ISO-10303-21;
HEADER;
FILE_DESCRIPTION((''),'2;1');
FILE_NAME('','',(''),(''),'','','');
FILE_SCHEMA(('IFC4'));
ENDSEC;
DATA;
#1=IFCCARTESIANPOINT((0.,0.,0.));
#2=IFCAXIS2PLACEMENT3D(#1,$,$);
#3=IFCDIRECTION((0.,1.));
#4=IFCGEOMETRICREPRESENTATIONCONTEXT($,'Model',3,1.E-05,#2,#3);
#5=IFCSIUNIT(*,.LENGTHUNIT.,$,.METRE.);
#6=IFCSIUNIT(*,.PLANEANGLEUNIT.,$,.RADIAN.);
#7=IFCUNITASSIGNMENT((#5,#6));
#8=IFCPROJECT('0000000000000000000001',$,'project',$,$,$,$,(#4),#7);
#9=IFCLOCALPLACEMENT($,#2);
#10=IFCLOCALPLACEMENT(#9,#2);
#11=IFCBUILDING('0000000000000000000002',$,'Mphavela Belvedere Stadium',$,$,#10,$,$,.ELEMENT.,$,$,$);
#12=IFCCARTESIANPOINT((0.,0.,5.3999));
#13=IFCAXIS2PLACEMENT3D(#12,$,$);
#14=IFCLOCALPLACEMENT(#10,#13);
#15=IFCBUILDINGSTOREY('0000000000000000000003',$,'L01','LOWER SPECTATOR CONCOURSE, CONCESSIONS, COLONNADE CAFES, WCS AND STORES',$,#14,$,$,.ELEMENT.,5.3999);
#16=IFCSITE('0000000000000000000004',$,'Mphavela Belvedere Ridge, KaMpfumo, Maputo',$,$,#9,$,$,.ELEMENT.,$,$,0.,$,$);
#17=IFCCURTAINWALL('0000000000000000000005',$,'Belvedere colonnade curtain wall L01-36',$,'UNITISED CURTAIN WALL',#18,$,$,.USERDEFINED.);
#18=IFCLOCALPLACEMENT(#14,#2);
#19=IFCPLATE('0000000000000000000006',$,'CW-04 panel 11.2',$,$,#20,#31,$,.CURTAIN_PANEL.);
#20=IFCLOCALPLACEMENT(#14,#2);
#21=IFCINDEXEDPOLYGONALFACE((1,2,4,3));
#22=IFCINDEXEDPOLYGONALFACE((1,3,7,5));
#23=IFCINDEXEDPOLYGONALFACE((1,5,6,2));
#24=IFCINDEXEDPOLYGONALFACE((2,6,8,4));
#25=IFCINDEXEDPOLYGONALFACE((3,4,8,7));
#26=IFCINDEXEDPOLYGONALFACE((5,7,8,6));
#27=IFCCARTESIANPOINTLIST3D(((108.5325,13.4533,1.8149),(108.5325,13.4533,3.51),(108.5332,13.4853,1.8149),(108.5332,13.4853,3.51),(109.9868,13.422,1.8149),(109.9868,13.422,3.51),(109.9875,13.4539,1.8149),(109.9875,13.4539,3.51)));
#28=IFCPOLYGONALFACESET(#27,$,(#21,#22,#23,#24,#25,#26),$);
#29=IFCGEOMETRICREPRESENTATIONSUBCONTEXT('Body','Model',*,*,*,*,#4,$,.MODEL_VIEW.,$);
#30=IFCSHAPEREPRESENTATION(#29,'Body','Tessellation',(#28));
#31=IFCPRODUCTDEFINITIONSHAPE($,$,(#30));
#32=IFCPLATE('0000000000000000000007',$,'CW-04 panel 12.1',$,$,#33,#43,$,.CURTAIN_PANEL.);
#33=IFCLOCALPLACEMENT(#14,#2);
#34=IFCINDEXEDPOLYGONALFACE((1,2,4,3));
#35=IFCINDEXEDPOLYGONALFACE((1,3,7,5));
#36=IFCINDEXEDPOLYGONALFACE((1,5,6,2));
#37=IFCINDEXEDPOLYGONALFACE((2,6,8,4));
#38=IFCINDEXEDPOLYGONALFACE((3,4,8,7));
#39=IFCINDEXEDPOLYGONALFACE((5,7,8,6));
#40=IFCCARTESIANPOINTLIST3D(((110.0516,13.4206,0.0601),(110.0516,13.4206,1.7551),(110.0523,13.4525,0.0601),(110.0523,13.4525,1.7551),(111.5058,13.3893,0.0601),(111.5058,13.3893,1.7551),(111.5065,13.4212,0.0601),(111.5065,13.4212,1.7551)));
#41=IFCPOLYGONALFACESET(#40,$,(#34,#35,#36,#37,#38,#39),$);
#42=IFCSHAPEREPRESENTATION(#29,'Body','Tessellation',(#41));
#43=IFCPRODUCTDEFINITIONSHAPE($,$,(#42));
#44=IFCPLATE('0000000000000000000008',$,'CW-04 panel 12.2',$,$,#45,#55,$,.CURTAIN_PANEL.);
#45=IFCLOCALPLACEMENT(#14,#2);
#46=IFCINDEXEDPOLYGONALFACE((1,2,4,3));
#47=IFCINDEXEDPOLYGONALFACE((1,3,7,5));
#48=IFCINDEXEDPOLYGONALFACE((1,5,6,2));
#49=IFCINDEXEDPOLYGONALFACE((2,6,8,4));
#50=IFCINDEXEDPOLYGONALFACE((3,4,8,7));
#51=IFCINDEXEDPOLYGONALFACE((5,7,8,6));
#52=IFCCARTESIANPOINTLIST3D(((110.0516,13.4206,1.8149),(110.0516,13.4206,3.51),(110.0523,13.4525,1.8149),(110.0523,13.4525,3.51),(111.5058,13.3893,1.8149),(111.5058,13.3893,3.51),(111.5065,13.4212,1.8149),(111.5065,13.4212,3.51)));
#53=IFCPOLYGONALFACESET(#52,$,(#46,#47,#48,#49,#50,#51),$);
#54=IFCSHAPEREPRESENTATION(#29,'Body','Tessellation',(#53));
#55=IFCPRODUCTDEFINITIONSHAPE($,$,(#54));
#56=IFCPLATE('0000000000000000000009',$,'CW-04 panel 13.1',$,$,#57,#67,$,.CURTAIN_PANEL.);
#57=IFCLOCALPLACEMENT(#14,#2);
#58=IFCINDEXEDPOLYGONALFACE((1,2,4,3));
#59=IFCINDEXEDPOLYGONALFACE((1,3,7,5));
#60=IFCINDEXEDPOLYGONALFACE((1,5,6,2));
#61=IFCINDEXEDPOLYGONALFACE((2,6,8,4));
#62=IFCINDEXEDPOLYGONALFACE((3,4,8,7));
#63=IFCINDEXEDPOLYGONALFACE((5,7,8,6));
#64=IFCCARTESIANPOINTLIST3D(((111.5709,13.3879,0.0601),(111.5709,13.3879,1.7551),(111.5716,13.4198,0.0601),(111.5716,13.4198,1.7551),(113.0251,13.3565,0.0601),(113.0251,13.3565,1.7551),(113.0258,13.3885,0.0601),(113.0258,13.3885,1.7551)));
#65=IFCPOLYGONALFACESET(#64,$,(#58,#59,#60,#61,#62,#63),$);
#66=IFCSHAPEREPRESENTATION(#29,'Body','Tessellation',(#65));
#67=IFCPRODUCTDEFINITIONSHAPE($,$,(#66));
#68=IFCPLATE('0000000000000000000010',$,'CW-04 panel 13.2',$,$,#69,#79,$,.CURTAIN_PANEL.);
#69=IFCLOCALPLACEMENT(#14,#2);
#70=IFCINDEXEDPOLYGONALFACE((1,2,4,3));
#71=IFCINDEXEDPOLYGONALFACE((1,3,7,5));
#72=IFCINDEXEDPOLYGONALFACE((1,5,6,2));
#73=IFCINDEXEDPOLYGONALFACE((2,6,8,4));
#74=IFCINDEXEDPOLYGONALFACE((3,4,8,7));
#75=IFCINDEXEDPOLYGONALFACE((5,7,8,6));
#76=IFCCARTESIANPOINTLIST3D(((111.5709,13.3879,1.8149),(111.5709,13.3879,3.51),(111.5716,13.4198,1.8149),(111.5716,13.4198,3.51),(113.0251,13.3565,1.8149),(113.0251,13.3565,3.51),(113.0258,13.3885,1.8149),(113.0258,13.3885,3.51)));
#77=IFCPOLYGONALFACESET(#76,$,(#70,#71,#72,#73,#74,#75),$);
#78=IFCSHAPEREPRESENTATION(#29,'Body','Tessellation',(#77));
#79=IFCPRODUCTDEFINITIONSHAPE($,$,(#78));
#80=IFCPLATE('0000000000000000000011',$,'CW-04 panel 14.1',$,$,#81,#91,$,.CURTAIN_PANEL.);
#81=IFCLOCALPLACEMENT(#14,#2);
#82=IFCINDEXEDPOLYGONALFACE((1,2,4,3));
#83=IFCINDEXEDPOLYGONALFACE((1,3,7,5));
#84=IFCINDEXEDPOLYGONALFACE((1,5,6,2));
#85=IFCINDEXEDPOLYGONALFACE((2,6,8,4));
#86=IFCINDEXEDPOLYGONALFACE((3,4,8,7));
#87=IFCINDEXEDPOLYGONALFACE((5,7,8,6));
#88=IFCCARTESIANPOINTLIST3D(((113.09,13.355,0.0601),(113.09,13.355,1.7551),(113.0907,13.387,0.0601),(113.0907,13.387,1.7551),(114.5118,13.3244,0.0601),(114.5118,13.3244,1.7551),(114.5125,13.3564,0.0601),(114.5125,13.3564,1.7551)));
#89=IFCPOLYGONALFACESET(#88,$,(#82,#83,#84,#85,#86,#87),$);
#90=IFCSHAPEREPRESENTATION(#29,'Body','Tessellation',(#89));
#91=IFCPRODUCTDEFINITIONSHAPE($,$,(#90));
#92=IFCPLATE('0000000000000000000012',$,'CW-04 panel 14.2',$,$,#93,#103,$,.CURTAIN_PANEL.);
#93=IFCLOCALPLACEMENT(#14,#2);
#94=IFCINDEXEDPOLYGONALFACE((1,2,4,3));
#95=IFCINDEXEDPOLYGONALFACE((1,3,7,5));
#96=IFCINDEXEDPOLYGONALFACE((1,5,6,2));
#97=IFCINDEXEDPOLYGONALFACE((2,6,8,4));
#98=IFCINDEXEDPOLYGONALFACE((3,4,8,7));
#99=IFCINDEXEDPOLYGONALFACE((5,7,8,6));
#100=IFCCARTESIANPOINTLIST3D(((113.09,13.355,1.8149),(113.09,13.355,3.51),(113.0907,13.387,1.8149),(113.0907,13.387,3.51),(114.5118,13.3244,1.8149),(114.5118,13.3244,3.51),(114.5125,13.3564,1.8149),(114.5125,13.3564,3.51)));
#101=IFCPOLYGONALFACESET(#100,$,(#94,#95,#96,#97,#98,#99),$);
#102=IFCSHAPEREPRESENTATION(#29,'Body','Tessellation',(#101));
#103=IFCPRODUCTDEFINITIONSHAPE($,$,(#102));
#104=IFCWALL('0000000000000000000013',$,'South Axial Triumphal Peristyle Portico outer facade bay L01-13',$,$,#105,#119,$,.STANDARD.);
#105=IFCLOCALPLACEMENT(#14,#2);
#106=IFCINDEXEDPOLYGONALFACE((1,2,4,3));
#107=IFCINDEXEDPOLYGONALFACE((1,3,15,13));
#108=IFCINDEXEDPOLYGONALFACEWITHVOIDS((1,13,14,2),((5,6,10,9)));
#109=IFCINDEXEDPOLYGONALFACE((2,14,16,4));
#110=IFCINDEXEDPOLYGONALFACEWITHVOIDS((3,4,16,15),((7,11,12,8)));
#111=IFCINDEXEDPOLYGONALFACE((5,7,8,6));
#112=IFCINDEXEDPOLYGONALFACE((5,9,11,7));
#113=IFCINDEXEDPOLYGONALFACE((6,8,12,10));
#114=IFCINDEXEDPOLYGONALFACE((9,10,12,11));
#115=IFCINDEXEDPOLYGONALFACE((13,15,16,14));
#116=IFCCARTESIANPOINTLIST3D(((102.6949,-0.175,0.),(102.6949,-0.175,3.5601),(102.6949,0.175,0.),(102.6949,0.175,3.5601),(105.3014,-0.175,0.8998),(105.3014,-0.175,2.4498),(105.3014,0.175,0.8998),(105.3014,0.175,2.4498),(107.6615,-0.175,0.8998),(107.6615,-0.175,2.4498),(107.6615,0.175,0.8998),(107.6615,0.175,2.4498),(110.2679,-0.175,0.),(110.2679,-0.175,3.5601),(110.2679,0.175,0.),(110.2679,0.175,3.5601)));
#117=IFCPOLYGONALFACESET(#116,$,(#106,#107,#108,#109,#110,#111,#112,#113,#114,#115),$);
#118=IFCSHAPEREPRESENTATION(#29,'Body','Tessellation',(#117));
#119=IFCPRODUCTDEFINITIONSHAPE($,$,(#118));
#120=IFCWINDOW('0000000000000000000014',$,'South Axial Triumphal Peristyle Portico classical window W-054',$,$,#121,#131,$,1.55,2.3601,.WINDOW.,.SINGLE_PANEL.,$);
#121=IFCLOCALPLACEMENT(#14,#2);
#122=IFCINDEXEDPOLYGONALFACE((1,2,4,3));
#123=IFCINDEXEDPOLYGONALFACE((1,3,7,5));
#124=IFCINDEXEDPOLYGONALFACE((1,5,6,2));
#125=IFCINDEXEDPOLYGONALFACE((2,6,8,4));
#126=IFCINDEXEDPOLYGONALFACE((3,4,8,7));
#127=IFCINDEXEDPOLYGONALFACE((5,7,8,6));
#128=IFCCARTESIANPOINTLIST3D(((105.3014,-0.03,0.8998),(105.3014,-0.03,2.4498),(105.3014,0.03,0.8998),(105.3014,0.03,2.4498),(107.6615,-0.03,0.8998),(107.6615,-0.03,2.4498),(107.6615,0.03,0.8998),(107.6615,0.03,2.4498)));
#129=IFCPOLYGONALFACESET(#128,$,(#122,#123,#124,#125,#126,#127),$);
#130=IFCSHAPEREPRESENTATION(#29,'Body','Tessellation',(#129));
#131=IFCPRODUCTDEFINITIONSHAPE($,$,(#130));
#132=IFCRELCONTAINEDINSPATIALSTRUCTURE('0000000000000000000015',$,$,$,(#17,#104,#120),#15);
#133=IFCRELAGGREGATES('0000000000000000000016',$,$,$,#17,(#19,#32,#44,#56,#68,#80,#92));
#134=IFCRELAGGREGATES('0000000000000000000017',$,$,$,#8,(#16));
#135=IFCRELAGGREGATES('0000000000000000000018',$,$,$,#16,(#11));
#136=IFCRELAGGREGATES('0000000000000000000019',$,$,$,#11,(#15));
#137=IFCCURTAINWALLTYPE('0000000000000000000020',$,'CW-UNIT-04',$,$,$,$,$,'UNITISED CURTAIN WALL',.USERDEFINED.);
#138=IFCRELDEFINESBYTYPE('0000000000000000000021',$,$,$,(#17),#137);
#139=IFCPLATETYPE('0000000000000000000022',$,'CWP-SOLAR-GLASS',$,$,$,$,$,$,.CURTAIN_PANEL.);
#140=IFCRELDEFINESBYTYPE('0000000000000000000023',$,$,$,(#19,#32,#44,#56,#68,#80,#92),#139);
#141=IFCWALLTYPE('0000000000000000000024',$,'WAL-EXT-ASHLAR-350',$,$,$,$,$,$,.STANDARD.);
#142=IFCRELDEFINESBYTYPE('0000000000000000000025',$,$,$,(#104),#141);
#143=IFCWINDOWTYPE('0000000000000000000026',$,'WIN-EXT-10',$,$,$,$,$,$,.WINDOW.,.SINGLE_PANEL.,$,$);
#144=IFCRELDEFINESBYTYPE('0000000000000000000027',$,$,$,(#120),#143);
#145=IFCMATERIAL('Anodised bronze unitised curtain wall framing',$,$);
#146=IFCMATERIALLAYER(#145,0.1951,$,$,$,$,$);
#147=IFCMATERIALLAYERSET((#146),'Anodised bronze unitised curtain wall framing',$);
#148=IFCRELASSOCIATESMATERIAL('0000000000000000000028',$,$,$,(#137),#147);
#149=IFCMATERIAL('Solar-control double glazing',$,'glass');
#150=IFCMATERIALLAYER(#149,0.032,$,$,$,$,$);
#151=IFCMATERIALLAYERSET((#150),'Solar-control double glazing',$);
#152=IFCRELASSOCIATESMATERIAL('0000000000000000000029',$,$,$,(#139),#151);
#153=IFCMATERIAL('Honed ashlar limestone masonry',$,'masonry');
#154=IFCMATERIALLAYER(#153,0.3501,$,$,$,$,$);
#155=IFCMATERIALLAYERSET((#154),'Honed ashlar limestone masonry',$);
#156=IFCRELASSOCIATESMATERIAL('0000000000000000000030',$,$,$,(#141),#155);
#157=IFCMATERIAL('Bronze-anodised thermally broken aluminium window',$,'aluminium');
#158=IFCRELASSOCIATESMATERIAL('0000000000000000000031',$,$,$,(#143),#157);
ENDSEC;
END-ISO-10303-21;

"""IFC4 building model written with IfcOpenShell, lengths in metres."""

from ifc_helpers import new_model, si_unit, direction, frame, frame_2d, origin, origin_2d, place, context, subcontext, project, spatial, rectangle, extrude, material, layer, layer_set, type_object, element, fill, aggregate, save


model = new_model("IFC4")

# Units and contexts
model_context = context("Model", 3, precision=1e-05, world=origin(), true_north=direction((0.0, 1.0)))
body_context = subcontext(model_context, "Body", "Model", "MODEL_VIEW")
ifc_project = project(units=[si_unit("LENGTHUNIT", "METRE"), si_unit("PLANEANGLEUNIT", "RADIAN")], contexts=[model_context])

# Site, building, storey
site_placement = place(None, origin())
site = spatial("IfcSite", under=ifc_project, at=site_placement, Name="Mphavela Belvedere Ridge, KaMpfumo, Maputo", CompositionType="ELEMENT", RefElevation=0.0)
building_placement = place(site_placement, origin())
building = spatial("IfcBuilding", under=site, at=building_placement, Name="Mphavela Belvedere Stadium", CompositionType="ELEMENT")
storey_placement = place(building_placement, frame((0.0, 0.0, 5.3999)))
storey = spatial("IfcBuildingStorey", under=building, at=storey_placement, Name="L01", Description="LOWER SPECTATOR CONCOURSE, CONCESSIONS, COLONNADE CAFES, WCS AND STORES", CompositionType="ELEMENT", Elevation=5.3999)

# Curtain wall, plates
ifc_material_1 = material(Name="Anodised bronze unitised curtain wall framing")
ifc_layer_1 = layer(ifc_material_1, 0.1951)
ifc_layer_set_1 = layer_set([ifc_layer_1], Name="Anodised bronze unitised curtain wall framing")
curtain_wall_type = type_object("IfcCurtainWallType", Name="CW-UNIT-04", ElementType="UNITISED CURTAIN WALL", PredefinedType="USERDEFINED", material=ifc_layer_set_1)
curtain_wall_placement = place(storey_placement, origin())
curtain_wall = element("IfcCurtainWall", 1, at=curtain_wall_placement, inside=storey, type_object=curtain_wall_type, Name="Belvedere colonnade curtain wall L01-36", ObjectType="UNITISED CURTAIN WALL", PredefinedType="USERDEFINED")
ifc_material_2 = material(Name="Solar-control double glazing", Category="glass")
ifc_layer_2 = layer(ifc_material_2, 0.032)
ifc_layer_set_2 = layer_set([ifc_layer_2], Name="Solar-control double glazing")
plate_type = type_object("IfcPlateType", Name="CWP-SOLAR-GLASS", PredefinedType="CURTAIN_PANEL", material=ifc_layer_set_2)
plate_1_placement = place(storey_placement, frame((109.26, 13.4536, 1.8149), z_axis=(0.0, 0.0, 1.0), x_axis=(0.999768, -0.021529, 0.0)))
plate_1 = element("IfcPlate", 2, at=plate_1_placement, type_object=plate_type, Name="CW-04 panel 11.2", PredefinedType="CURTAIN_PANEL", context=body_context, shape_type="SweptSolid", body=[
    extrude(rectangle(XDim=1.4546, YDim=0.032, at=origin_2d()), origin(), (0.0, 0.0, 1.0), 1.6951),
])
plate_2_placement = place(storey_placement, frame((110.7791, 13.4209, 0.0601), z_axis=(0.0, 0.0, 1.0), x_axis=(0.999768, -0.021529, 0.0)))
plate_2 = element("IfcPlate", 3, at=plate_2_placement, type_object=plate_type, Name="CW-04 panel 12.1", PredefinedType="CURTAIN_PANEL", context=body_context, shape_type="SweptSolid", body=[
    extrude(rectangle(XDim=1.4546, YDim=0.032, at=origin_2d()), origin(), (0.0, 0.0, 1.0), 1.6951),
])
plate_3_placement = place(storey_placement, frame((110.7791, 13.4209, 1.8149), z_axis=(0.0, 0.0, 1.0), x_axis=(0.999768, -0.021529, 0.0)))
plate_3 = element("IfcPlate", 4, at=plate_3_placement, type_object=plate_type, Name="CW-04 panel 12.2", PredefinedType="CURTAIN_PANEL", context=body_context, shape_type="SweptSolid", body=[
    extrude(rectangle(XDim=1.4546, YDim=0.032, at=origin_2d()), origin(), (0.0, 0.0, 1.0), 1.6951),
])
plate_4_placement = place(storey_placement, frame((112.2983, 13.3882, 0.0601), z_axis=(0.0, 0.0, 1.0), x_axis=(0.999768, -0.021529, 0.0)))
plate_4 = element("IfcPlate", 5, at=plate_4_placement, type_object=plate_type, Name="CW-04 panel 13.1", PredefinedType="CURTAIN_PANEL", context=body_context, shape_type="SweptSolid", body=[
    extrude(rectangle(XDim=1.4546, YDim=0.032, at=origin_2d()), origin(), (0.0, 0.0, 1.0), 1.6951),
])
plate_5_placement = place(storey_placement, frame((112.2983, 13.3882, 1.8149), z_axis=(0.0, 0.0, 1.0), x_axis=(0.999768, -0.021529, 0.0)))
plate_5 = element("IfcPlate", 6, at=plate_5_placement, type_object=plate_type, Name="CW-04 panel 13.2", PredefinedType="CURTAIN_PANEL", context=body_context, shape_type="SweptSolid", body=[
    extrude(rectangle(XDim=1.4546, YDim=0.032, at=origin_2d()), origin(), (0.0, 0.0, 1.0), 1.6951),
])
plate_6_placement = place(storey_placement, frame((113.8013, 13.3557, 0.0601), z_axis=(0.0, 0.0, 1.0), x_axis=(0.999768, -0.021529, 0.0)))
plate_6 = element("IfcPlate", 7, at=plate_6_placement, type_object=plate_type, Name="CW-04 panel 14.1", PredefinedType="CURTAIN_PANEL", context=body_context, shape_type="SweptSolid", body=[
    extrude(rectangle(XDim=1.4221, YDim=0.032, at=origin_2d()), origin(), (0.0, 0.0, 1.0), 1.6951),
])
plate_7_placement = place(storey_placement, frame((113.8013, 13.3557, 1.8149), z_axis=(0.0, 0.0, 1.0), x_axis=(0.999768, -0.021529, 0.0)))
plate_7 = element("IfcPlate", 8, at=plate_7_placement, type_object=plate_type, Name="CW-04 panel 14.2", PredefinedType="CURTAIN_PANEL", context=body_context, shape_type="SweptSolid", body=[
    extrude(rectangle(XDim=1.4221, YDim=0.032, at=origin_2d()), origin(), (0.0, 0.0, 1.0), 1.6951),
])
aggregate(curtain_wall, [plate_1, plate_2, plate_3, plate_4, plate_5, plate_6, plate_7])

# Wall, opening, window
ifc_material_3 = material(Name="Honed ashlar limestone masonry", Category="masonry")
ifc_layer_3 = layer(ifc_material_3, 0.3501)
ifc_layer_set_3 = layer_set([ifc_layer_3], Name="Honed ashlar limestone masonry")
wall_type = type_object("IfcWallType", Name="WAL-EXT-ASHLAR-350", PredefinedType="STANDARD", material=ifc_layer_set_3)
wall_placement = place(storey_placement, frame((110.2681, 0.0, 0.0), z_axis=(0.0, 0.0, 1.0), x_axis=(-1.0, 0.0, 0.0)))
wall = element("IfcWall", 9, at=wall_placement, inside=storey, type_object=wall_type, Name="South Axial Triumphal Peristyle Portico outer facade bay L01-13", PredefinedType="STANDARD", context=body_context, shape_type="SweptSolid", body=[
    extrude(rectangle(XDim=7.573, YDim=0.3501, at=frame_2d((3.7866, 0.0))), origin(), (0.0, 0.0, 1.0), 3.5601),
])
opening_placement = place(wall_placement, frame((2.6064, 0.0, 0.8999)))
opening = element("IfcOpeningElement", 10, at=opening_placement, cuts=wall, PredefinedType="OPENING", context=body_context, shape_type="SweptSolid", body=[
    extrude(rectangle(XDim=2.3601, YDim=1.55, at=frame_2d((1.1802, 0.7749))), frame((0.0, 0.1851, 0.0), z_axis=(0.0, -1.0, 0.0), x_axis=(1.0, 0.0, 0.0)), (0.0, 0.0, 1.0), 0.3701),
])
ifc_material_4 = material(Name="Bronze-anodised thermally broken aluminium window", Category="aluminium")
window_type = type_object("IfcWindowType", Name="WIN-EXT-10", PartitioningType="SINGLE_PANEL", PredefinedType="WINDOW", material=ifc_material_4)
window_placement = place(opening_placement, origin())
window = element("IfcWindow", 11, at=window_placement, inside=storey, type_object=window_type, Name="South Axial Triumphal Peristyle Portico classical window W-054", OverallHeight=1.55, OverallWidth=2.3601, PartitioningType="SINGLE_PANEL", PredefinedType="WINDOW", context=body_context, shape_type="SweptSolid", body=[
    extrude(rectangle(XDim=2.3601, YDim=1.55, at=frame_2d((1.1802, 0.7749))), frame((0.0, 0.03, 0.0), z_axis=(0.0, -1.0, 0.0), x_axis=(1.0, 0.0, 0.0)), (0.0, 0.0, 1.0), 0.0601),
])
fill(opening, window)

save(model, "model.ifc")
